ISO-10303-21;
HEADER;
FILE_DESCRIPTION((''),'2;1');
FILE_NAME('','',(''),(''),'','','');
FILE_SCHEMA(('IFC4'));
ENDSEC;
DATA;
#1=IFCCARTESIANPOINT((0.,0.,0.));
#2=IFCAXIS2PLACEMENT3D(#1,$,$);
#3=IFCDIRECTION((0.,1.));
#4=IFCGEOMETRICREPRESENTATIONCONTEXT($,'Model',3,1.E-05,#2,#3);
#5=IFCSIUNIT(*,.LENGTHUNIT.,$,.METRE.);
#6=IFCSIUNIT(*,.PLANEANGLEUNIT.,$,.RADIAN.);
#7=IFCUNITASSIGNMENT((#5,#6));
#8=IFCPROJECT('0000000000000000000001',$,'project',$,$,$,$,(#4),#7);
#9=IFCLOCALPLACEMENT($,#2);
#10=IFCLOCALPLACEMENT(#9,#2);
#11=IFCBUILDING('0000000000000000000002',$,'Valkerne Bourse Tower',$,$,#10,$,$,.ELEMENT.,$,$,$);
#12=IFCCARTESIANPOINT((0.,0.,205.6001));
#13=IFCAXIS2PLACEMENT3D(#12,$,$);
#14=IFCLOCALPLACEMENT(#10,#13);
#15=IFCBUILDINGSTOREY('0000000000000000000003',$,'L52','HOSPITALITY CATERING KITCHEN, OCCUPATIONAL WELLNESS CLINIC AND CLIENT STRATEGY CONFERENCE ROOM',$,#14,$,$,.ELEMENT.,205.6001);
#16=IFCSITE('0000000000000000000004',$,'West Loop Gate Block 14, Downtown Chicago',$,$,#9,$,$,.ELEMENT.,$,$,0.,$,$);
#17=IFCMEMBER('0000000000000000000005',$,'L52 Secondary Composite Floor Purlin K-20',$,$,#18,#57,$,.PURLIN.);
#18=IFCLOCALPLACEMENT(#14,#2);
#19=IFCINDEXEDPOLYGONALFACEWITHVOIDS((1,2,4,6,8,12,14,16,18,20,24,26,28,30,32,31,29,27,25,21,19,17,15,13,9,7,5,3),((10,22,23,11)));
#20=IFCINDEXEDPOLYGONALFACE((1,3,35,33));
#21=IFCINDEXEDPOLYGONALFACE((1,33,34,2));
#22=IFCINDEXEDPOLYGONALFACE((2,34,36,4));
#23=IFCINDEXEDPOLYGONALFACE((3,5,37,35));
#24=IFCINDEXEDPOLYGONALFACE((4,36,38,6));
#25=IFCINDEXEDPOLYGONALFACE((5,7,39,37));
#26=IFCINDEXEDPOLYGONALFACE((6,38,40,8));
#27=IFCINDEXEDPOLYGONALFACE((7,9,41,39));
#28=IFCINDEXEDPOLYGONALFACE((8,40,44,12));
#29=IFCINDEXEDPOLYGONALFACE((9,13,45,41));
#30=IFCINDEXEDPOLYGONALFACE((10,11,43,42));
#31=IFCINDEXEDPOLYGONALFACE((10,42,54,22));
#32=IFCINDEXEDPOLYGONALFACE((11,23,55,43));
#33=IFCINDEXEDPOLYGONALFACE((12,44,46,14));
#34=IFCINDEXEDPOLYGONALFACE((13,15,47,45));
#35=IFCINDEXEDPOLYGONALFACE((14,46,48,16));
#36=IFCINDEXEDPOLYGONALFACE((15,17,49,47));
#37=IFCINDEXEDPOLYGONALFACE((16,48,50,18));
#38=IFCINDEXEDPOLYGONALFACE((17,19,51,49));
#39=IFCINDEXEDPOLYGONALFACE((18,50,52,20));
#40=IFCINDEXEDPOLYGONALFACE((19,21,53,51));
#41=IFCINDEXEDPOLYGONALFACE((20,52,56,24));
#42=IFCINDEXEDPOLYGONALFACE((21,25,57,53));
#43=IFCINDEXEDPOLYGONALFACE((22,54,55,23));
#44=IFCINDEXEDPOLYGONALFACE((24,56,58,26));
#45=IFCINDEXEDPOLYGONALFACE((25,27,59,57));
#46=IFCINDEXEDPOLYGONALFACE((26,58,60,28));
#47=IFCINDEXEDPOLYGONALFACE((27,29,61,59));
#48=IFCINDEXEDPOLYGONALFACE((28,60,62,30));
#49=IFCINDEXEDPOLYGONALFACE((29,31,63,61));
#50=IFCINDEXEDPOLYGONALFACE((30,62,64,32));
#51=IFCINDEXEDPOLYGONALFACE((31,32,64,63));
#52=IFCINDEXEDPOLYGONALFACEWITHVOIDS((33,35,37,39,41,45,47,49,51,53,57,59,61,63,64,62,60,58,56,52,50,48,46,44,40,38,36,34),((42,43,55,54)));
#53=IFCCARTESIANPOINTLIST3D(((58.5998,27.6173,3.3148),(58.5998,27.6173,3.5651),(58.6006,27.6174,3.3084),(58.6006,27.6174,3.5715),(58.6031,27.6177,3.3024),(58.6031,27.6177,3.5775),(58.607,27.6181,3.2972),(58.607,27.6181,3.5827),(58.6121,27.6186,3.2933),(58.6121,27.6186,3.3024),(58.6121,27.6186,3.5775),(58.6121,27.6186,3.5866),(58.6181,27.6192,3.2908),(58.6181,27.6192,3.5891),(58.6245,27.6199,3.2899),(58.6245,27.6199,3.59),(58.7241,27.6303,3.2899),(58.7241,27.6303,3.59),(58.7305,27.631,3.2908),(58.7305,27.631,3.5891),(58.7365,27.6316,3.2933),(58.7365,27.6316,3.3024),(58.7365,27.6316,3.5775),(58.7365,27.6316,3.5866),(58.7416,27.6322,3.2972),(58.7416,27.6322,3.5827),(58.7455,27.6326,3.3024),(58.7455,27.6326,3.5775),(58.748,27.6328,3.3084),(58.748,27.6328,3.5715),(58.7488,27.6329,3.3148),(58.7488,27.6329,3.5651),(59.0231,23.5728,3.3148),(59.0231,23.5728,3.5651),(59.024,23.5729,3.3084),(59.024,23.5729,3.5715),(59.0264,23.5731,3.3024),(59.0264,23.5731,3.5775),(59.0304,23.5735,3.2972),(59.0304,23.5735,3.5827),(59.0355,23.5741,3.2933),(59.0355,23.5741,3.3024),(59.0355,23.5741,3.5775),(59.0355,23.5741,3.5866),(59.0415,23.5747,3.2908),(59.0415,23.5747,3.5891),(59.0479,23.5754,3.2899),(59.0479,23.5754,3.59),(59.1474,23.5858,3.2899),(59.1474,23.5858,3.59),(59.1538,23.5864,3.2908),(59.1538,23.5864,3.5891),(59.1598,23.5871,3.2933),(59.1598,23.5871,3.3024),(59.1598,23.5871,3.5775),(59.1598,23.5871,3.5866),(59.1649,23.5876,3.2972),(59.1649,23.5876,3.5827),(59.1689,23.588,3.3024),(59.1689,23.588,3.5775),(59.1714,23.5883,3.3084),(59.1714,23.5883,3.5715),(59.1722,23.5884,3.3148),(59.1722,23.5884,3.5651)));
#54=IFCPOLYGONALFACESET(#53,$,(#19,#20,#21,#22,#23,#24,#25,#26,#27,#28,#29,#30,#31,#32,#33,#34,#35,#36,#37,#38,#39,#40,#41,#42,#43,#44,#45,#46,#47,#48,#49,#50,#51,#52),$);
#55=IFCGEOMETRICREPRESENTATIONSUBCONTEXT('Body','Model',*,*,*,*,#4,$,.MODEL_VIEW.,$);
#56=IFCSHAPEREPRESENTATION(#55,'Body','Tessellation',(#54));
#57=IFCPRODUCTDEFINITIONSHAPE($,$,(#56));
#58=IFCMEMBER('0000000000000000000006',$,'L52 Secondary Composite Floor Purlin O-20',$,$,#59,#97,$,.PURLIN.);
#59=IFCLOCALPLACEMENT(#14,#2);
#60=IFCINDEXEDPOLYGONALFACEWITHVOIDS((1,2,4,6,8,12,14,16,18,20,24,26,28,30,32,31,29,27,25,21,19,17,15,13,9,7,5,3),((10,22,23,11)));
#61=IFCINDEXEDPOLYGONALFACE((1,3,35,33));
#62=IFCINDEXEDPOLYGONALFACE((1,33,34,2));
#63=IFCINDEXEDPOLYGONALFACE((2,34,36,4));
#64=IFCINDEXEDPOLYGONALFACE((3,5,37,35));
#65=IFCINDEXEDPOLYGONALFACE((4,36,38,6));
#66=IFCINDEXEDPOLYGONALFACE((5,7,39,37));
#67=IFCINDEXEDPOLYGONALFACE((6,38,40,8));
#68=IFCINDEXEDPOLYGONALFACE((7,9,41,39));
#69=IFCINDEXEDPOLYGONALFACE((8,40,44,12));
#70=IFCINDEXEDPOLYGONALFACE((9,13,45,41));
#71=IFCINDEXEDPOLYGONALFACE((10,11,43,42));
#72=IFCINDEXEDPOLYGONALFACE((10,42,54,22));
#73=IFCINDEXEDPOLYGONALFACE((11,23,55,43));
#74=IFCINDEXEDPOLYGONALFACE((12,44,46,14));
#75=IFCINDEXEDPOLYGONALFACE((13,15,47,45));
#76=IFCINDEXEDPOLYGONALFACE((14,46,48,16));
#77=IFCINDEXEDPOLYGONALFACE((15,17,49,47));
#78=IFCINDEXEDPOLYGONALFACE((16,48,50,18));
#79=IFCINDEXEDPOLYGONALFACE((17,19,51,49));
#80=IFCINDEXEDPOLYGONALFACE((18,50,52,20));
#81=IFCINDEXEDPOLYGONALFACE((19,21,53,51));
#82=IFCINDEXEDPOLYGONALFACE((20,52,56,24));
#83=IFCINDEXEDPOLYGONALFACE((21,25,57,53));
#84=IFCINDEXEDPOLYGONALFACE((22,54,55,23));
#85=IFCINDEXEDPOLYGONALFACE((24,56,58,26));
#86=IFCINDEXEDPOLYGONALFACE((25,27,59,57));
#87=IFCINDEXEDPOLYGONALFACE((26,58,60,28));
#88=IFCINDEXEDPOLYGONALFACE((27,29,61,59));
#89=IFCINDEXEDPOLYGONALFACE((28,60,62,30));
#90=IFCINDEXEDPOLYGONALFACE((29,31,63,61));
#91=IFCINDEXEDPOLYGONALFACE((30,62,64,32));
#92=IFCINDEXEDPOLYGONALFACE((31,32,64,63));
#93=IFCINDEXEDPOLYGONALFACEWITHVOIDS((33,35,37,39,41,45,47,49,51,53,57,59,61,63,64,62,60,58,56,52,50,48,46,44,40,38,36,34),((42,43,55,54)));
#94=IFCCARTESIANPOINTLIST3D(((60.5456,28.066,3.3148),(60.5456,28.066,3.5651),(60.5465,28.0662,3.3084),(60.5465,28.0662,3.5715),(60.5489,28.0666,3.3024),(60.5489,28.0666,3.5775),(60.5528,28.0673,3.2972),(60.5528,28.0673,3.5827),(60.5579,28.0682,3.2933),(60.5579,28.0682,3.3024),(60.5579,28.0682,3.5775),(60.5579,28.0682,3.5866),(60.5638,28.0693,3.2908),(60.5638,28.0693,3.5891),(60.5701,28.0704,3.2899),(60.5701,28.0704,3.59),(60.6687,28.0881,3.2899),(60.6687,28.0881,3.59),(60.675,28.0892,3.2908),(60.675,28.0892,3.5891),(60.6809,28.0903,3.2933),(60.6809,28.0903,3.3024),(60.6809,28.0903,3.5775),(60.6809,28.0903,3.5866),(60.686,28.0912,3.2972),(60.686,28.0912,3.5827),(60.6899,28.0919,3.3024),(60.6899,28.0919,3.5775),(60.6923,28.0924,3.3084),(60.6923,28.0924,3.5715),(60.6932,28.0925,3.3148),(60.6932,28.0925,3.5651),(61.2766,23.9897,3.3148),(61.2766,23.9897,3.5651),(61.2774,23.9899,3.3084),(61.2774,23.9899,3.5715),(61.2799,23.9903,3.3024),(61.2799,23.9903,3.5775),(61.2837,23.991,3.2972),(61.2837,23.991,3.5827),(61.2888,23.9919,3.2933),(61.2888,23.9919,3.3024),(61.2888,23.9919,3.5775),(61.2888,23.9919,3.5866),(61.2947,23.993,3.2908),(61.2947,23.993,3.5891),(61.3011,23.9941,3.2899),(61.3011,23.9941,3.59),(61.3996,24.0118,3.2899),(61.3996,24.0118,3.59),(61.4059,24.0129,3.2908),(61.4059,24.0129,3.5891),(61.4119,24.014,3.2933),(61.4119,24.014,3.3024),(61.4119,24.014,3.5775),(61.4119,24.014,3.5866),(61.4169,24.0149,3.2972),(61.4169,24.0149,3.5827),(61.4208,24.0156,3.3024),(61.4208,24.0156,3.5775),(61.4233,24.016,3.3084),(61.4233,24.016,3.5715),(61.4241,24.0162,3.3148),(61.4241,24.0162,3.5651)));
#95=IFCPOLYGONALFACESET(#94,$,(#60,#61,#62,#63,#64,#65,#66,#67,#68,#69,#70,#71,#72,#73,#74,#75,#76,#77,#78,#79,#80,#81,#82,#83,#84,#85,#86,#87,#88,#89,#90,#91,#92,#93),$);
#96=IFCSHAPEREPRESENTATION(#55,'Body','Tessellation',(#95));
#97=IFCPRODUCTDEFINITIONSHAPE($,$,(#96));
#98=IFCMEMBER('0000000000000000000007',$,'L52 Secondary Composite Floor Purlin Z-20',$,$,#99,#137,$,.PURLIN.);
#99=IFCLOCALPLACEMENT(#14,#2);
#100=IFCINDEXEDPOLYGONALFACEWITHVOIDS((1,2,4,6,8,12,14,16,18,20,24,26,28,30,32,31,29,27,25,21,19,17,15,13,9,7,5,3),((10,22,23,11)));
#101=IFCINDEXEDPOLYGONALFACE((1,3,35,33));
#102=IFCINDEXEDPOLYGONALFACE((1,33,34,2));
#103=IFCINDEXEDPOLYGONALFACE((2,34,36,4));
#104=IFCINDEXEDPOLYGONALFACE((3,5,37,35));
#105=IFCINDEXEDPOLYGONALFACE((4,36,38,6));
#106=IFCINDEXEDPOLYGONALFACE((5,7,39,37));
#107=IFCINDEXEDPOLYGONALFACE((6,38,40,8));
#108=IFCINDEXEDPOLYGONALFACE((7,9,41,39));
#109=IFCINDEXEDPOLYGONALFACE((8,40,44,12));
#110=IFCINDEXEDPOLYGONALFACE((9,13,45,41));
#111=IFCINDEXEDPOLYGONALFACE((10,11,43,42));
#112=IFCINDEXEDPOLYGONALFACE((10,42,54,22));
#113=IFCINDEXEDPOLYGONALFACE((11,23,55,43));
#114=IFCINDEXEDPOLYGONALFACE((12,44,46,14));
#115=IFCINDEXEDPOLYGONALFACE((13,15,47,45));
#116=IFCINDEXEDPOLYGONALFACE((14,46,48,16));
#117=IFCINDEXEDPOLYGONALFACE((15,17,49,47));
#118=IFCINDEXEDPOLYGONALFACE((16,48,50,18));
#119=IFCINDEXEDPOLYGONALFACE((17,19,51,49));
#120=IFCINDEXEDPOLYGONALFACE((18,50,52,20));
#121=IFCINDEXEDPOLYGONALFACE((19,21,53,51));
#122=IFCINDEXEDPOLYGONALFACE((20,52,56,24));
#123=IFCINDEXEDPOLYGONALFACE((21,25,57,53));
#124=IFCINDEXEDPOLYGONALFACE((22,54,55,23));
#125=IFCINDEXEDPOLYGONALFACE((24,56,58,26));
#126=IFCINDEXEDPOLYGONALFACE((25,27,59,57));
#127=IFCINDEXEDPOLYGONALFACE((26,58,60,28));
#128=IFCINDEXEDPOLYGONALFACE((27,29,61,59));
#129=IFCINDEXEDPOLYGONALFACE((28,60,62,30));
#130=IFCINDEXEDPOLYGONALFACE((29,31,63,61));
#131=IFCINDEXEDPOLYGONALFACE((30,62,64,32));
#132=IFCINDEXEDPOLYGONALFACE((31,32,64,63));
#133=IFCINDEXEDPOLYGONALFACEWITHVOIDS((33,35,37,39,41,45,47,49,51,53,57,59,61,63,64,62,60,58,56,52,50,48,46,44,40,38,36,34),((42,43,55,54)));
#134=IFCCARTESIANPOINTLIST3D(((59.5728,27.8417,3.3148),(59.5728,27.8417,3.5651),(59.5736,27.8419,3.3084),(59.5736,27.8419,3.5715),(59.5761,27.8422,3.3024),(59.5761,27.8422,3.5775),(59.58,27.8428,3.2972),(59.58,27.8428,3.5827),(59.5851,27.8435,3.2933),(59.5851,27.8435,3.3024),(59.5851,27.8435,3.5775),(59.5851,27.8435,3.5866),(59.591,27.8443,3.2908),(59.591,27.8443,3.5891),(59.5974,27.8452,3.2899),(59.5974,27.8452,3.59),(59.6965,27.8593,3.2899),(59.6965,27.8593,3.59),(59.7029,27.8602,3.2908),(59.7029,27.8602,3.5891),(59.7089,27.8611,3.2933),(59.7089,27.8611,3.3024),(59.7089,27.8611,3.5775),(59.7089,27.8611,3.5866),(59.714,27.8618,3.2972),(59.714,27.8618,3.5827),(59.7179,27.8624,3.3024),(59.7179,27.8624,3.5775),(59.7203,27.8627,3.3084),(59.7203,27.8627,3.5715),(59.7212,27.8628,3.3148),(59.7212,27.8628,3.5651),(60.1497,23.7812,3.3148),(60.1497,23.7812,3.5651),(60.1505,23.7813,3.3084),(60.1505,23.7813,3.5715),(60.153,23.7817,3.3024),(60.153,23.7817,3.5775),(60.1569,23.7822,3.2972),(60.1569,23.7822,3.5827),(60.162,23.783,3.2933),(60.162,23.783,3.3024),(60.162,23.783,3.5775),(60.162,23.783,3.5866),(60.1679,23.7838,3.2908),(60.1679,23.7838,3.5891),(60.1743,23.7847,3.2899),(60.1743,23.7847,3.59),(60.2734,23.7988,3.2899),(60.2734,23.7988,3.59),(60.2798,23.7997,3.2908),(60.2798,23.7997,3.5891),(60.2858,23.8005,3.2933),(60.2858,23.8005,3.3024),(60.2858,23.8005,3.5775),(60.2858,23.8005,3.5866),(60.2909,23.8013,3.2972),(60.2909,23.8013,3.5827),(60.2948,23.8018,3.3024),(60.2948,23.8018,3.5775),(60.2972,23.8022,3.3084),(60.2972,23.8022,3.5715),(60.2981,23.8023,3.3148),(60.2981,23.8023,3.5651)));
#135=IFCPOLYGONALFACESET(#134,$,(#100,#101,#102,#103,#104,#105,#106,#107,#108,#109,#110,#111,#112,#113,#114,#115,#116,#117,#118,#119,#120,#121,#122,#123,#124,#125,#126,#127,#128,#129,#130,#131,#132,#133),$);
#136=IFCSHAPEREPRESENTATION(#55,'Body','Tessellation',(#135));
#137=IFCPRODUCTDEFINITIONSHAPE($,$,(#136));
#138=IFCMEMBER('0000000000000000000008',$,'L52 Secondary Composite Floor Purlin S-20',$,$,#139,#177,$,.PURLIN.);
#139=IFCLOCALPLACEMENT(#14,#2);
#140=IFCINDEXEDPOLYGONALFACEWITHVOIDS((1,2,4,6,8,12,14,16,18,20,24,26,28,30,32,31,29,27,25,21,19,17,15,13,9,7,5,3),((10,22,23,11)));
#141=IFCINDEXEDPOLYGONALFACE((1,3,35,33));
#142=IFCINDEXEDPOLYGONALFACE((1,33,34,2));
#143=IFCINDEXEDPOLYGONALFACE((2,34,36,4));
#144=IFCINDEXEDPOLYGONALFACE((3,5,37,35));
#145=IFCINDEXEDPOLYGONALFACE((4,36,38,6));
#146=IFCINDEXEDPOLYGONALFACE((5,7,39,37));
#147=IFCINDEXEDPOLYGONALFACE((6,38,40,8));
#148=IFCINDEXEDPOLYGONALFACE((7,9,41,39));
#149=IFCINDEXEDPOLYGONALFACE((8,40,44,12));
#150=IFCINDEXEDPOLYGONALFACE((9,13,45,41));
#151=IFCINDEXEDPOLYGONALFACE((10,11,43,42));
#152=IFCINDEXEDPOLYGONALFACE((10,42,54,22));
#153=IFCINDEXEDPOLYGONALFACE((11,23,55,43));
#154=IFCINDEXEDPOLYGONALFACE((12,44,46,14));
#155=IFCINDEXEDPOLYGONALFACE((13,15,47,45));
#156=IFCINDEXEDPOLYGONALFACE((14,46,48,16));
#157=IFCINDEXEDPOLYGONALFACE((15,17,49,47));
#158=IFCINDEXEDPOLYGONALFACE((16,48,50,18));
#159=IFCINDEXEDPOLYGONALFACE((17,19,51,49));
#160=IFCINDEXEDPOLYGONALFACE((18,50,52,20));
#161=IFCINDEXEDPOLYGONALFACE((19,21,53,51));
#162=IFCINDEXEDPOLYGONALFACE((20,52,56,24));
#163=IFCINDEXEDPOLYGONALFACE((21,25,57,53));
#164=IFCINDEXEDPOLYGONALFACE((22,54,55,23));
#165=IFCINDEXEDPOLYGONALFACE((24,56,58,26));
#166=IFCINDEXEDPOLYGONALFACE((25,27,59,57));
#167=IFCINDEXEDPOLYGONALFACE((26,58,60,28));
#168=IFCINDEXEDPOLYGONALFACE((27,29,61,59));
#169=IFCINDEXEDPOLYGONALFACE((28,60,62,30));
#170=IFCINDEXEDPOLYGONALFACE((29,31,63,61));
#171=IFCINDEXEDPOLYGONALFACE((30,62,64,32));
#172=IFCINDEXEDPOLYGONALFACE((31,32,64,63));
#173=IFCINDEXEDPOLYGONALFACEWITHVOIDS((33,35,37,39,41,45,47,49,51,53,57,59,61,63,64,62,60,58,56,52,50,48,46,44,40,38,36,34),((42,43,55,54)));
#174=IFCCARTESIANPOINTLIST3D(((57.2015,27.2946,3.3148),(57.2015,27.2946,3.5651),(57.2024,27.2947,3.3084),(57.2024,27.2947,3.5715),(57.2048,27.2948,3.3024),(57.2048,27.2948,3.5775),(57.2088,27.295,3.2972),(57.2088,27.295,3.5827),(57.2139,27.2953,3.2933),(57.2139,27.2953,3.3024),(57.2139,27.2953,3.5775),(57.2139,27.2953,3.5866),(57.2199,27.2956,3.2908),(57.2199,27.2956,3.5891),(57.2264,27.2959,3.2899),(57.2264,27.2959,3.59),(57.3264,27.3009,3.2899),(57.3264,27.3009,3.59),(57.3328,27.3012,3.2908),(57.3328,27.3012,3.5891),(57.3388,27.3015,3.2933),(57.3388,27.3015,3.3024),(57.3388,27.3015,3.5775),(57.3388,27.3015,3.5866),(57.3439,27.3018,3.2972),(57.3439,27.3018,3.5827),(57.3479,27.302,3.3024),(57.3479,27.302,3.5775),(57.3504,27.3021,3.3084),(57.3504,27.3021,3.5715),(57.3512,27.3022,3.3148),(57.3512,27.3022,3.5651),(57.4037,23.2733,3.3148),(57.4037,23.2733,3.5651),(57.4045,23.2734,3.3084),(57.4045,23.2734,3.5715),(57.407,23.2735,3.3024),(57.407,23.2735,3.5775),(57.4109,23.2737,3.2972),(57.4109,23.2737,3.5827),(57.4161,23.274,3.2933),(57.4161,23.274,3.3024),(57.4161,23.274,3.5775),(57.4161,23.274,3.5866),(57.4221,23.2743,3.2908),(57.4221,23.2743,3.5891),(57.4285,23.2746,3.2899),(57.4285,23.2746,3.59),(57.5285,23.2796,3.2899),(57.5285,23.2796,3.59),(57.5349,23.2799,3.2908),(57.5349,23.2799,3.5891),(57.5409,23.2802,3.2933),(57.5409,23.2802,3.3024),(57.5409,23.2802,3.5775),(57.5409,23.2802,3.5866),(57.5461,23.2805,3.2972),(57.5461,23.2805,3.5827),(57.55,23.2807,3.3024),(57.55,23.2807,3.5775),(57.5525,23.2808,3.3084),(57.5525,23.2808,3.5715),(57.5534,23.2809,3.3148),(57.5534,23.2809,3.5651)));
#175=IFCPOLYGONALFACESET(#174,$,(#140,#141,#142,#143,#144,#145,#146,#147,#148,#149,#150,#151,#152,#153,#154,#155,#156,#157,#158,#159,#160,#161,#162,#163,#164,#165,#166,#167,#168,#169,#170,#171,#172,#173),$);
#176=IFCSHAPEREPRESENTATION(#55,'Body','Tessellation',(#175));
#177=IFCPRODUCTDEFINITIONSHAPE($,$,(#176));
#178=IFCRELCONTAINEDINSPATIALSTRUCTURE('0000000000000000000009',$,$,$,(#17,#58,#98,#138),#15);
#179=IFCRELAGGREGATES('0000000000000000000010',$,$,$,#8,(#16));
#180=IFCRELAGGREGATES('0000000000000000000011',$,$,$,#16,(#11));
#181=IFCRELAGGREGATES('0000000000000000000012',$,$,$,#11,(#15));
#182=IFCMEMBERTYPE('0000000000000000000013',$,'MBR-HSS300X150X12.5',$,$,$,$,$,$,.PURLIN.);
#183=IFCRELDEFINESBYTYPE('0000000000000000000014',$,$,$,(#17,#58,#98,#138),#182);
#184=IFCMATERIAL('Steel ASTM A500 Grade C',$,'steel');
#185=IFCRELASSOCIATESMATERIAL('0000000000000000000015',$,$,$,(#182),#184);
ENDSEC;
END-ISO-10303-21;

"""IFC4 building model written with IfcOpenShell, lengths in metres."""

from ifc_helpers import new_model, si_unit, direction, frame, origin, origin_2d, place, context, subcontext, project, spatial, hollow_rectangle, extrude, material, material_profile, profile_set, type_object, element, save


model = new_model("IFC4")

# Units and contexts
model_context = context("Model", 3, precision=1e-05, world=origin(), true_north=direction((0.0, 1.0)))
body_context = subcontext(model_context, "Body", "Model", "MODEL_VIEW")
ifc_project = project(units=[si_unit("LENGTHUNIT", "METRE"), si_unit("PLANEANGLEUNIT", "RADIAN")], contexts=[model_context])

# Site, building, storey
site_placement = place(None, origin())
site = spatial("IfcSite", under=ifc_project, at=site_placement, Name="West Loop Gate Block 14, Downtown Chicago", CompositionType="ELEMENT", RefElevation=0.0)
building_placement = place(site_placement, origin())
building = spatial("IfcBuilding", under=site, at=building_placement, Name="Valkerne Bourse Tower", CompositionType="ELEMENT")
storey_placement = place(building_placement, frame((0.0, 0.0, 205.6001)))
storey = spatial("IfcBuildingStorey", under=building, at=storey_placement, Name="L52", Description="HOSPITALITY CATERING KITCHEN, OCCUPATIONAL WELLNESS CLINIC AND CLIENT STRATEGY CONFERENCE ROOM", CompositionType="ELEMENT", Elevation=205.6001)

# Members
ifc_material_1 = material(Name="Steel ASTM A500 Grade C", Category="steel")
ifc_material_profile_1 = material_profile(ifc_material_1, hollow_rectangle(XDim=0.1499, YDim=0.3, WallThickness=0.0125, OuterFilletRadius=0.0249, at=origin_2d()), Name="HSS300X150X12.5")
ifc_profile_set_1 = profile_set([ifc_material_profile_1], Name="Steel ASTM A500 Grade C")
member_type_1 = type_object("IfcMemberType", Name="MBR-HSS300X150X12.5", PredefinedType="PURLIN", material=ifc_profile_set_1)
member_1_placement = place(storey_placement, frame((59.0977, 23.5806, 3.4399), z_axis=(-0.104103, 0.994566, 0.0), x_axis=(-0.994566, -0.104103, 0.0)))
element("IfcMember", 1, at=member_1_placement, inside=storey, type_object=member_type_1, Name="L52 Secondary Composite Floor Purlin K-20", PredefinedType="PURLIN", context=body_context, shape_type="SweptSolid", body=[
    extrude(hollow_rectangle(XDim=0.1499, YDim=0.3, WallThickness=0.0125, OuterFilletRadius=0.0249, at=origin_2d()), origin(), (0.0, 0.0, 1.0), 4.0667),
])
member_2_placement = place(storey_placement, frame((61.3503, 24.0029, 3.4399), z_axis=(-0.176499, 0.984301, 0.0), x_axis=(-0.984301, -0.176499, 0.0)))
element("IfcMember", 2, at=member_2_placement, inside=storey, type_object=member_type_1, Name="L52 Secondary Composite Floor Purlin O-20", PredefinedType="PURLIN", context=body_context, shape_type="SweptSolid", body=[
    extrude(hollow_rectangle(XDim=0.1499, YDim=0.3, WallThickness=0.0125, OuterFilletRadius=0.0249, at=origin_2d()), origin(), (0.0, 0.0, 1.0), 4.1414),
])
member_3_placement = place(storey_placement, frame((60.2239, 23.7917, 3.4399), z_axis=(-0.140663, 0.990058, 0.0), x_axis=(-0.990058, -0.140663, 0.0)))
element("IfcMember", 3, at=member_3_placement, inside=storey, type_object=member_type_1, Name="L52 Secondary Composite Floor Purlin Z-20", PredefinedType="PURLIN", context=body_context, shape_type="SweptSolid", body=[
    extrude(hollow_rectangle(XDim=0.1499, YDim=0.3, WallThickness=0.0125, OuterFilletRadius=0.0249, at=origin_2d()), origin(), (0.0, 0.0, 1.0), 4.1013),
])
member_4_placement = place(storey_placement, frame((57.4785, 23.2771, 3.4399), z_axis=(-0.050207, 0.998739, 0.0), x_axis=(-0.998739, -0.050207, 0.0)))
element("IfcMember", 4, at=member_4_placement, inside=storey, type_object=member_type_1, Name="L52 Secondary Composite Floor Purlin S-20", PredefinedType="PURLIN", context=body_context, shape_type="SweptSolid", body=[
    extrude(hollow_rectangle(XDim=0.1499, YDim=0.3, WallThickness=0.0125, OuterFilletRadius=0.0249, at=origin_2d()), origin(), (0.0, 0.0, 1.0), 4.0264),
])

save(model, "model.ifc")
